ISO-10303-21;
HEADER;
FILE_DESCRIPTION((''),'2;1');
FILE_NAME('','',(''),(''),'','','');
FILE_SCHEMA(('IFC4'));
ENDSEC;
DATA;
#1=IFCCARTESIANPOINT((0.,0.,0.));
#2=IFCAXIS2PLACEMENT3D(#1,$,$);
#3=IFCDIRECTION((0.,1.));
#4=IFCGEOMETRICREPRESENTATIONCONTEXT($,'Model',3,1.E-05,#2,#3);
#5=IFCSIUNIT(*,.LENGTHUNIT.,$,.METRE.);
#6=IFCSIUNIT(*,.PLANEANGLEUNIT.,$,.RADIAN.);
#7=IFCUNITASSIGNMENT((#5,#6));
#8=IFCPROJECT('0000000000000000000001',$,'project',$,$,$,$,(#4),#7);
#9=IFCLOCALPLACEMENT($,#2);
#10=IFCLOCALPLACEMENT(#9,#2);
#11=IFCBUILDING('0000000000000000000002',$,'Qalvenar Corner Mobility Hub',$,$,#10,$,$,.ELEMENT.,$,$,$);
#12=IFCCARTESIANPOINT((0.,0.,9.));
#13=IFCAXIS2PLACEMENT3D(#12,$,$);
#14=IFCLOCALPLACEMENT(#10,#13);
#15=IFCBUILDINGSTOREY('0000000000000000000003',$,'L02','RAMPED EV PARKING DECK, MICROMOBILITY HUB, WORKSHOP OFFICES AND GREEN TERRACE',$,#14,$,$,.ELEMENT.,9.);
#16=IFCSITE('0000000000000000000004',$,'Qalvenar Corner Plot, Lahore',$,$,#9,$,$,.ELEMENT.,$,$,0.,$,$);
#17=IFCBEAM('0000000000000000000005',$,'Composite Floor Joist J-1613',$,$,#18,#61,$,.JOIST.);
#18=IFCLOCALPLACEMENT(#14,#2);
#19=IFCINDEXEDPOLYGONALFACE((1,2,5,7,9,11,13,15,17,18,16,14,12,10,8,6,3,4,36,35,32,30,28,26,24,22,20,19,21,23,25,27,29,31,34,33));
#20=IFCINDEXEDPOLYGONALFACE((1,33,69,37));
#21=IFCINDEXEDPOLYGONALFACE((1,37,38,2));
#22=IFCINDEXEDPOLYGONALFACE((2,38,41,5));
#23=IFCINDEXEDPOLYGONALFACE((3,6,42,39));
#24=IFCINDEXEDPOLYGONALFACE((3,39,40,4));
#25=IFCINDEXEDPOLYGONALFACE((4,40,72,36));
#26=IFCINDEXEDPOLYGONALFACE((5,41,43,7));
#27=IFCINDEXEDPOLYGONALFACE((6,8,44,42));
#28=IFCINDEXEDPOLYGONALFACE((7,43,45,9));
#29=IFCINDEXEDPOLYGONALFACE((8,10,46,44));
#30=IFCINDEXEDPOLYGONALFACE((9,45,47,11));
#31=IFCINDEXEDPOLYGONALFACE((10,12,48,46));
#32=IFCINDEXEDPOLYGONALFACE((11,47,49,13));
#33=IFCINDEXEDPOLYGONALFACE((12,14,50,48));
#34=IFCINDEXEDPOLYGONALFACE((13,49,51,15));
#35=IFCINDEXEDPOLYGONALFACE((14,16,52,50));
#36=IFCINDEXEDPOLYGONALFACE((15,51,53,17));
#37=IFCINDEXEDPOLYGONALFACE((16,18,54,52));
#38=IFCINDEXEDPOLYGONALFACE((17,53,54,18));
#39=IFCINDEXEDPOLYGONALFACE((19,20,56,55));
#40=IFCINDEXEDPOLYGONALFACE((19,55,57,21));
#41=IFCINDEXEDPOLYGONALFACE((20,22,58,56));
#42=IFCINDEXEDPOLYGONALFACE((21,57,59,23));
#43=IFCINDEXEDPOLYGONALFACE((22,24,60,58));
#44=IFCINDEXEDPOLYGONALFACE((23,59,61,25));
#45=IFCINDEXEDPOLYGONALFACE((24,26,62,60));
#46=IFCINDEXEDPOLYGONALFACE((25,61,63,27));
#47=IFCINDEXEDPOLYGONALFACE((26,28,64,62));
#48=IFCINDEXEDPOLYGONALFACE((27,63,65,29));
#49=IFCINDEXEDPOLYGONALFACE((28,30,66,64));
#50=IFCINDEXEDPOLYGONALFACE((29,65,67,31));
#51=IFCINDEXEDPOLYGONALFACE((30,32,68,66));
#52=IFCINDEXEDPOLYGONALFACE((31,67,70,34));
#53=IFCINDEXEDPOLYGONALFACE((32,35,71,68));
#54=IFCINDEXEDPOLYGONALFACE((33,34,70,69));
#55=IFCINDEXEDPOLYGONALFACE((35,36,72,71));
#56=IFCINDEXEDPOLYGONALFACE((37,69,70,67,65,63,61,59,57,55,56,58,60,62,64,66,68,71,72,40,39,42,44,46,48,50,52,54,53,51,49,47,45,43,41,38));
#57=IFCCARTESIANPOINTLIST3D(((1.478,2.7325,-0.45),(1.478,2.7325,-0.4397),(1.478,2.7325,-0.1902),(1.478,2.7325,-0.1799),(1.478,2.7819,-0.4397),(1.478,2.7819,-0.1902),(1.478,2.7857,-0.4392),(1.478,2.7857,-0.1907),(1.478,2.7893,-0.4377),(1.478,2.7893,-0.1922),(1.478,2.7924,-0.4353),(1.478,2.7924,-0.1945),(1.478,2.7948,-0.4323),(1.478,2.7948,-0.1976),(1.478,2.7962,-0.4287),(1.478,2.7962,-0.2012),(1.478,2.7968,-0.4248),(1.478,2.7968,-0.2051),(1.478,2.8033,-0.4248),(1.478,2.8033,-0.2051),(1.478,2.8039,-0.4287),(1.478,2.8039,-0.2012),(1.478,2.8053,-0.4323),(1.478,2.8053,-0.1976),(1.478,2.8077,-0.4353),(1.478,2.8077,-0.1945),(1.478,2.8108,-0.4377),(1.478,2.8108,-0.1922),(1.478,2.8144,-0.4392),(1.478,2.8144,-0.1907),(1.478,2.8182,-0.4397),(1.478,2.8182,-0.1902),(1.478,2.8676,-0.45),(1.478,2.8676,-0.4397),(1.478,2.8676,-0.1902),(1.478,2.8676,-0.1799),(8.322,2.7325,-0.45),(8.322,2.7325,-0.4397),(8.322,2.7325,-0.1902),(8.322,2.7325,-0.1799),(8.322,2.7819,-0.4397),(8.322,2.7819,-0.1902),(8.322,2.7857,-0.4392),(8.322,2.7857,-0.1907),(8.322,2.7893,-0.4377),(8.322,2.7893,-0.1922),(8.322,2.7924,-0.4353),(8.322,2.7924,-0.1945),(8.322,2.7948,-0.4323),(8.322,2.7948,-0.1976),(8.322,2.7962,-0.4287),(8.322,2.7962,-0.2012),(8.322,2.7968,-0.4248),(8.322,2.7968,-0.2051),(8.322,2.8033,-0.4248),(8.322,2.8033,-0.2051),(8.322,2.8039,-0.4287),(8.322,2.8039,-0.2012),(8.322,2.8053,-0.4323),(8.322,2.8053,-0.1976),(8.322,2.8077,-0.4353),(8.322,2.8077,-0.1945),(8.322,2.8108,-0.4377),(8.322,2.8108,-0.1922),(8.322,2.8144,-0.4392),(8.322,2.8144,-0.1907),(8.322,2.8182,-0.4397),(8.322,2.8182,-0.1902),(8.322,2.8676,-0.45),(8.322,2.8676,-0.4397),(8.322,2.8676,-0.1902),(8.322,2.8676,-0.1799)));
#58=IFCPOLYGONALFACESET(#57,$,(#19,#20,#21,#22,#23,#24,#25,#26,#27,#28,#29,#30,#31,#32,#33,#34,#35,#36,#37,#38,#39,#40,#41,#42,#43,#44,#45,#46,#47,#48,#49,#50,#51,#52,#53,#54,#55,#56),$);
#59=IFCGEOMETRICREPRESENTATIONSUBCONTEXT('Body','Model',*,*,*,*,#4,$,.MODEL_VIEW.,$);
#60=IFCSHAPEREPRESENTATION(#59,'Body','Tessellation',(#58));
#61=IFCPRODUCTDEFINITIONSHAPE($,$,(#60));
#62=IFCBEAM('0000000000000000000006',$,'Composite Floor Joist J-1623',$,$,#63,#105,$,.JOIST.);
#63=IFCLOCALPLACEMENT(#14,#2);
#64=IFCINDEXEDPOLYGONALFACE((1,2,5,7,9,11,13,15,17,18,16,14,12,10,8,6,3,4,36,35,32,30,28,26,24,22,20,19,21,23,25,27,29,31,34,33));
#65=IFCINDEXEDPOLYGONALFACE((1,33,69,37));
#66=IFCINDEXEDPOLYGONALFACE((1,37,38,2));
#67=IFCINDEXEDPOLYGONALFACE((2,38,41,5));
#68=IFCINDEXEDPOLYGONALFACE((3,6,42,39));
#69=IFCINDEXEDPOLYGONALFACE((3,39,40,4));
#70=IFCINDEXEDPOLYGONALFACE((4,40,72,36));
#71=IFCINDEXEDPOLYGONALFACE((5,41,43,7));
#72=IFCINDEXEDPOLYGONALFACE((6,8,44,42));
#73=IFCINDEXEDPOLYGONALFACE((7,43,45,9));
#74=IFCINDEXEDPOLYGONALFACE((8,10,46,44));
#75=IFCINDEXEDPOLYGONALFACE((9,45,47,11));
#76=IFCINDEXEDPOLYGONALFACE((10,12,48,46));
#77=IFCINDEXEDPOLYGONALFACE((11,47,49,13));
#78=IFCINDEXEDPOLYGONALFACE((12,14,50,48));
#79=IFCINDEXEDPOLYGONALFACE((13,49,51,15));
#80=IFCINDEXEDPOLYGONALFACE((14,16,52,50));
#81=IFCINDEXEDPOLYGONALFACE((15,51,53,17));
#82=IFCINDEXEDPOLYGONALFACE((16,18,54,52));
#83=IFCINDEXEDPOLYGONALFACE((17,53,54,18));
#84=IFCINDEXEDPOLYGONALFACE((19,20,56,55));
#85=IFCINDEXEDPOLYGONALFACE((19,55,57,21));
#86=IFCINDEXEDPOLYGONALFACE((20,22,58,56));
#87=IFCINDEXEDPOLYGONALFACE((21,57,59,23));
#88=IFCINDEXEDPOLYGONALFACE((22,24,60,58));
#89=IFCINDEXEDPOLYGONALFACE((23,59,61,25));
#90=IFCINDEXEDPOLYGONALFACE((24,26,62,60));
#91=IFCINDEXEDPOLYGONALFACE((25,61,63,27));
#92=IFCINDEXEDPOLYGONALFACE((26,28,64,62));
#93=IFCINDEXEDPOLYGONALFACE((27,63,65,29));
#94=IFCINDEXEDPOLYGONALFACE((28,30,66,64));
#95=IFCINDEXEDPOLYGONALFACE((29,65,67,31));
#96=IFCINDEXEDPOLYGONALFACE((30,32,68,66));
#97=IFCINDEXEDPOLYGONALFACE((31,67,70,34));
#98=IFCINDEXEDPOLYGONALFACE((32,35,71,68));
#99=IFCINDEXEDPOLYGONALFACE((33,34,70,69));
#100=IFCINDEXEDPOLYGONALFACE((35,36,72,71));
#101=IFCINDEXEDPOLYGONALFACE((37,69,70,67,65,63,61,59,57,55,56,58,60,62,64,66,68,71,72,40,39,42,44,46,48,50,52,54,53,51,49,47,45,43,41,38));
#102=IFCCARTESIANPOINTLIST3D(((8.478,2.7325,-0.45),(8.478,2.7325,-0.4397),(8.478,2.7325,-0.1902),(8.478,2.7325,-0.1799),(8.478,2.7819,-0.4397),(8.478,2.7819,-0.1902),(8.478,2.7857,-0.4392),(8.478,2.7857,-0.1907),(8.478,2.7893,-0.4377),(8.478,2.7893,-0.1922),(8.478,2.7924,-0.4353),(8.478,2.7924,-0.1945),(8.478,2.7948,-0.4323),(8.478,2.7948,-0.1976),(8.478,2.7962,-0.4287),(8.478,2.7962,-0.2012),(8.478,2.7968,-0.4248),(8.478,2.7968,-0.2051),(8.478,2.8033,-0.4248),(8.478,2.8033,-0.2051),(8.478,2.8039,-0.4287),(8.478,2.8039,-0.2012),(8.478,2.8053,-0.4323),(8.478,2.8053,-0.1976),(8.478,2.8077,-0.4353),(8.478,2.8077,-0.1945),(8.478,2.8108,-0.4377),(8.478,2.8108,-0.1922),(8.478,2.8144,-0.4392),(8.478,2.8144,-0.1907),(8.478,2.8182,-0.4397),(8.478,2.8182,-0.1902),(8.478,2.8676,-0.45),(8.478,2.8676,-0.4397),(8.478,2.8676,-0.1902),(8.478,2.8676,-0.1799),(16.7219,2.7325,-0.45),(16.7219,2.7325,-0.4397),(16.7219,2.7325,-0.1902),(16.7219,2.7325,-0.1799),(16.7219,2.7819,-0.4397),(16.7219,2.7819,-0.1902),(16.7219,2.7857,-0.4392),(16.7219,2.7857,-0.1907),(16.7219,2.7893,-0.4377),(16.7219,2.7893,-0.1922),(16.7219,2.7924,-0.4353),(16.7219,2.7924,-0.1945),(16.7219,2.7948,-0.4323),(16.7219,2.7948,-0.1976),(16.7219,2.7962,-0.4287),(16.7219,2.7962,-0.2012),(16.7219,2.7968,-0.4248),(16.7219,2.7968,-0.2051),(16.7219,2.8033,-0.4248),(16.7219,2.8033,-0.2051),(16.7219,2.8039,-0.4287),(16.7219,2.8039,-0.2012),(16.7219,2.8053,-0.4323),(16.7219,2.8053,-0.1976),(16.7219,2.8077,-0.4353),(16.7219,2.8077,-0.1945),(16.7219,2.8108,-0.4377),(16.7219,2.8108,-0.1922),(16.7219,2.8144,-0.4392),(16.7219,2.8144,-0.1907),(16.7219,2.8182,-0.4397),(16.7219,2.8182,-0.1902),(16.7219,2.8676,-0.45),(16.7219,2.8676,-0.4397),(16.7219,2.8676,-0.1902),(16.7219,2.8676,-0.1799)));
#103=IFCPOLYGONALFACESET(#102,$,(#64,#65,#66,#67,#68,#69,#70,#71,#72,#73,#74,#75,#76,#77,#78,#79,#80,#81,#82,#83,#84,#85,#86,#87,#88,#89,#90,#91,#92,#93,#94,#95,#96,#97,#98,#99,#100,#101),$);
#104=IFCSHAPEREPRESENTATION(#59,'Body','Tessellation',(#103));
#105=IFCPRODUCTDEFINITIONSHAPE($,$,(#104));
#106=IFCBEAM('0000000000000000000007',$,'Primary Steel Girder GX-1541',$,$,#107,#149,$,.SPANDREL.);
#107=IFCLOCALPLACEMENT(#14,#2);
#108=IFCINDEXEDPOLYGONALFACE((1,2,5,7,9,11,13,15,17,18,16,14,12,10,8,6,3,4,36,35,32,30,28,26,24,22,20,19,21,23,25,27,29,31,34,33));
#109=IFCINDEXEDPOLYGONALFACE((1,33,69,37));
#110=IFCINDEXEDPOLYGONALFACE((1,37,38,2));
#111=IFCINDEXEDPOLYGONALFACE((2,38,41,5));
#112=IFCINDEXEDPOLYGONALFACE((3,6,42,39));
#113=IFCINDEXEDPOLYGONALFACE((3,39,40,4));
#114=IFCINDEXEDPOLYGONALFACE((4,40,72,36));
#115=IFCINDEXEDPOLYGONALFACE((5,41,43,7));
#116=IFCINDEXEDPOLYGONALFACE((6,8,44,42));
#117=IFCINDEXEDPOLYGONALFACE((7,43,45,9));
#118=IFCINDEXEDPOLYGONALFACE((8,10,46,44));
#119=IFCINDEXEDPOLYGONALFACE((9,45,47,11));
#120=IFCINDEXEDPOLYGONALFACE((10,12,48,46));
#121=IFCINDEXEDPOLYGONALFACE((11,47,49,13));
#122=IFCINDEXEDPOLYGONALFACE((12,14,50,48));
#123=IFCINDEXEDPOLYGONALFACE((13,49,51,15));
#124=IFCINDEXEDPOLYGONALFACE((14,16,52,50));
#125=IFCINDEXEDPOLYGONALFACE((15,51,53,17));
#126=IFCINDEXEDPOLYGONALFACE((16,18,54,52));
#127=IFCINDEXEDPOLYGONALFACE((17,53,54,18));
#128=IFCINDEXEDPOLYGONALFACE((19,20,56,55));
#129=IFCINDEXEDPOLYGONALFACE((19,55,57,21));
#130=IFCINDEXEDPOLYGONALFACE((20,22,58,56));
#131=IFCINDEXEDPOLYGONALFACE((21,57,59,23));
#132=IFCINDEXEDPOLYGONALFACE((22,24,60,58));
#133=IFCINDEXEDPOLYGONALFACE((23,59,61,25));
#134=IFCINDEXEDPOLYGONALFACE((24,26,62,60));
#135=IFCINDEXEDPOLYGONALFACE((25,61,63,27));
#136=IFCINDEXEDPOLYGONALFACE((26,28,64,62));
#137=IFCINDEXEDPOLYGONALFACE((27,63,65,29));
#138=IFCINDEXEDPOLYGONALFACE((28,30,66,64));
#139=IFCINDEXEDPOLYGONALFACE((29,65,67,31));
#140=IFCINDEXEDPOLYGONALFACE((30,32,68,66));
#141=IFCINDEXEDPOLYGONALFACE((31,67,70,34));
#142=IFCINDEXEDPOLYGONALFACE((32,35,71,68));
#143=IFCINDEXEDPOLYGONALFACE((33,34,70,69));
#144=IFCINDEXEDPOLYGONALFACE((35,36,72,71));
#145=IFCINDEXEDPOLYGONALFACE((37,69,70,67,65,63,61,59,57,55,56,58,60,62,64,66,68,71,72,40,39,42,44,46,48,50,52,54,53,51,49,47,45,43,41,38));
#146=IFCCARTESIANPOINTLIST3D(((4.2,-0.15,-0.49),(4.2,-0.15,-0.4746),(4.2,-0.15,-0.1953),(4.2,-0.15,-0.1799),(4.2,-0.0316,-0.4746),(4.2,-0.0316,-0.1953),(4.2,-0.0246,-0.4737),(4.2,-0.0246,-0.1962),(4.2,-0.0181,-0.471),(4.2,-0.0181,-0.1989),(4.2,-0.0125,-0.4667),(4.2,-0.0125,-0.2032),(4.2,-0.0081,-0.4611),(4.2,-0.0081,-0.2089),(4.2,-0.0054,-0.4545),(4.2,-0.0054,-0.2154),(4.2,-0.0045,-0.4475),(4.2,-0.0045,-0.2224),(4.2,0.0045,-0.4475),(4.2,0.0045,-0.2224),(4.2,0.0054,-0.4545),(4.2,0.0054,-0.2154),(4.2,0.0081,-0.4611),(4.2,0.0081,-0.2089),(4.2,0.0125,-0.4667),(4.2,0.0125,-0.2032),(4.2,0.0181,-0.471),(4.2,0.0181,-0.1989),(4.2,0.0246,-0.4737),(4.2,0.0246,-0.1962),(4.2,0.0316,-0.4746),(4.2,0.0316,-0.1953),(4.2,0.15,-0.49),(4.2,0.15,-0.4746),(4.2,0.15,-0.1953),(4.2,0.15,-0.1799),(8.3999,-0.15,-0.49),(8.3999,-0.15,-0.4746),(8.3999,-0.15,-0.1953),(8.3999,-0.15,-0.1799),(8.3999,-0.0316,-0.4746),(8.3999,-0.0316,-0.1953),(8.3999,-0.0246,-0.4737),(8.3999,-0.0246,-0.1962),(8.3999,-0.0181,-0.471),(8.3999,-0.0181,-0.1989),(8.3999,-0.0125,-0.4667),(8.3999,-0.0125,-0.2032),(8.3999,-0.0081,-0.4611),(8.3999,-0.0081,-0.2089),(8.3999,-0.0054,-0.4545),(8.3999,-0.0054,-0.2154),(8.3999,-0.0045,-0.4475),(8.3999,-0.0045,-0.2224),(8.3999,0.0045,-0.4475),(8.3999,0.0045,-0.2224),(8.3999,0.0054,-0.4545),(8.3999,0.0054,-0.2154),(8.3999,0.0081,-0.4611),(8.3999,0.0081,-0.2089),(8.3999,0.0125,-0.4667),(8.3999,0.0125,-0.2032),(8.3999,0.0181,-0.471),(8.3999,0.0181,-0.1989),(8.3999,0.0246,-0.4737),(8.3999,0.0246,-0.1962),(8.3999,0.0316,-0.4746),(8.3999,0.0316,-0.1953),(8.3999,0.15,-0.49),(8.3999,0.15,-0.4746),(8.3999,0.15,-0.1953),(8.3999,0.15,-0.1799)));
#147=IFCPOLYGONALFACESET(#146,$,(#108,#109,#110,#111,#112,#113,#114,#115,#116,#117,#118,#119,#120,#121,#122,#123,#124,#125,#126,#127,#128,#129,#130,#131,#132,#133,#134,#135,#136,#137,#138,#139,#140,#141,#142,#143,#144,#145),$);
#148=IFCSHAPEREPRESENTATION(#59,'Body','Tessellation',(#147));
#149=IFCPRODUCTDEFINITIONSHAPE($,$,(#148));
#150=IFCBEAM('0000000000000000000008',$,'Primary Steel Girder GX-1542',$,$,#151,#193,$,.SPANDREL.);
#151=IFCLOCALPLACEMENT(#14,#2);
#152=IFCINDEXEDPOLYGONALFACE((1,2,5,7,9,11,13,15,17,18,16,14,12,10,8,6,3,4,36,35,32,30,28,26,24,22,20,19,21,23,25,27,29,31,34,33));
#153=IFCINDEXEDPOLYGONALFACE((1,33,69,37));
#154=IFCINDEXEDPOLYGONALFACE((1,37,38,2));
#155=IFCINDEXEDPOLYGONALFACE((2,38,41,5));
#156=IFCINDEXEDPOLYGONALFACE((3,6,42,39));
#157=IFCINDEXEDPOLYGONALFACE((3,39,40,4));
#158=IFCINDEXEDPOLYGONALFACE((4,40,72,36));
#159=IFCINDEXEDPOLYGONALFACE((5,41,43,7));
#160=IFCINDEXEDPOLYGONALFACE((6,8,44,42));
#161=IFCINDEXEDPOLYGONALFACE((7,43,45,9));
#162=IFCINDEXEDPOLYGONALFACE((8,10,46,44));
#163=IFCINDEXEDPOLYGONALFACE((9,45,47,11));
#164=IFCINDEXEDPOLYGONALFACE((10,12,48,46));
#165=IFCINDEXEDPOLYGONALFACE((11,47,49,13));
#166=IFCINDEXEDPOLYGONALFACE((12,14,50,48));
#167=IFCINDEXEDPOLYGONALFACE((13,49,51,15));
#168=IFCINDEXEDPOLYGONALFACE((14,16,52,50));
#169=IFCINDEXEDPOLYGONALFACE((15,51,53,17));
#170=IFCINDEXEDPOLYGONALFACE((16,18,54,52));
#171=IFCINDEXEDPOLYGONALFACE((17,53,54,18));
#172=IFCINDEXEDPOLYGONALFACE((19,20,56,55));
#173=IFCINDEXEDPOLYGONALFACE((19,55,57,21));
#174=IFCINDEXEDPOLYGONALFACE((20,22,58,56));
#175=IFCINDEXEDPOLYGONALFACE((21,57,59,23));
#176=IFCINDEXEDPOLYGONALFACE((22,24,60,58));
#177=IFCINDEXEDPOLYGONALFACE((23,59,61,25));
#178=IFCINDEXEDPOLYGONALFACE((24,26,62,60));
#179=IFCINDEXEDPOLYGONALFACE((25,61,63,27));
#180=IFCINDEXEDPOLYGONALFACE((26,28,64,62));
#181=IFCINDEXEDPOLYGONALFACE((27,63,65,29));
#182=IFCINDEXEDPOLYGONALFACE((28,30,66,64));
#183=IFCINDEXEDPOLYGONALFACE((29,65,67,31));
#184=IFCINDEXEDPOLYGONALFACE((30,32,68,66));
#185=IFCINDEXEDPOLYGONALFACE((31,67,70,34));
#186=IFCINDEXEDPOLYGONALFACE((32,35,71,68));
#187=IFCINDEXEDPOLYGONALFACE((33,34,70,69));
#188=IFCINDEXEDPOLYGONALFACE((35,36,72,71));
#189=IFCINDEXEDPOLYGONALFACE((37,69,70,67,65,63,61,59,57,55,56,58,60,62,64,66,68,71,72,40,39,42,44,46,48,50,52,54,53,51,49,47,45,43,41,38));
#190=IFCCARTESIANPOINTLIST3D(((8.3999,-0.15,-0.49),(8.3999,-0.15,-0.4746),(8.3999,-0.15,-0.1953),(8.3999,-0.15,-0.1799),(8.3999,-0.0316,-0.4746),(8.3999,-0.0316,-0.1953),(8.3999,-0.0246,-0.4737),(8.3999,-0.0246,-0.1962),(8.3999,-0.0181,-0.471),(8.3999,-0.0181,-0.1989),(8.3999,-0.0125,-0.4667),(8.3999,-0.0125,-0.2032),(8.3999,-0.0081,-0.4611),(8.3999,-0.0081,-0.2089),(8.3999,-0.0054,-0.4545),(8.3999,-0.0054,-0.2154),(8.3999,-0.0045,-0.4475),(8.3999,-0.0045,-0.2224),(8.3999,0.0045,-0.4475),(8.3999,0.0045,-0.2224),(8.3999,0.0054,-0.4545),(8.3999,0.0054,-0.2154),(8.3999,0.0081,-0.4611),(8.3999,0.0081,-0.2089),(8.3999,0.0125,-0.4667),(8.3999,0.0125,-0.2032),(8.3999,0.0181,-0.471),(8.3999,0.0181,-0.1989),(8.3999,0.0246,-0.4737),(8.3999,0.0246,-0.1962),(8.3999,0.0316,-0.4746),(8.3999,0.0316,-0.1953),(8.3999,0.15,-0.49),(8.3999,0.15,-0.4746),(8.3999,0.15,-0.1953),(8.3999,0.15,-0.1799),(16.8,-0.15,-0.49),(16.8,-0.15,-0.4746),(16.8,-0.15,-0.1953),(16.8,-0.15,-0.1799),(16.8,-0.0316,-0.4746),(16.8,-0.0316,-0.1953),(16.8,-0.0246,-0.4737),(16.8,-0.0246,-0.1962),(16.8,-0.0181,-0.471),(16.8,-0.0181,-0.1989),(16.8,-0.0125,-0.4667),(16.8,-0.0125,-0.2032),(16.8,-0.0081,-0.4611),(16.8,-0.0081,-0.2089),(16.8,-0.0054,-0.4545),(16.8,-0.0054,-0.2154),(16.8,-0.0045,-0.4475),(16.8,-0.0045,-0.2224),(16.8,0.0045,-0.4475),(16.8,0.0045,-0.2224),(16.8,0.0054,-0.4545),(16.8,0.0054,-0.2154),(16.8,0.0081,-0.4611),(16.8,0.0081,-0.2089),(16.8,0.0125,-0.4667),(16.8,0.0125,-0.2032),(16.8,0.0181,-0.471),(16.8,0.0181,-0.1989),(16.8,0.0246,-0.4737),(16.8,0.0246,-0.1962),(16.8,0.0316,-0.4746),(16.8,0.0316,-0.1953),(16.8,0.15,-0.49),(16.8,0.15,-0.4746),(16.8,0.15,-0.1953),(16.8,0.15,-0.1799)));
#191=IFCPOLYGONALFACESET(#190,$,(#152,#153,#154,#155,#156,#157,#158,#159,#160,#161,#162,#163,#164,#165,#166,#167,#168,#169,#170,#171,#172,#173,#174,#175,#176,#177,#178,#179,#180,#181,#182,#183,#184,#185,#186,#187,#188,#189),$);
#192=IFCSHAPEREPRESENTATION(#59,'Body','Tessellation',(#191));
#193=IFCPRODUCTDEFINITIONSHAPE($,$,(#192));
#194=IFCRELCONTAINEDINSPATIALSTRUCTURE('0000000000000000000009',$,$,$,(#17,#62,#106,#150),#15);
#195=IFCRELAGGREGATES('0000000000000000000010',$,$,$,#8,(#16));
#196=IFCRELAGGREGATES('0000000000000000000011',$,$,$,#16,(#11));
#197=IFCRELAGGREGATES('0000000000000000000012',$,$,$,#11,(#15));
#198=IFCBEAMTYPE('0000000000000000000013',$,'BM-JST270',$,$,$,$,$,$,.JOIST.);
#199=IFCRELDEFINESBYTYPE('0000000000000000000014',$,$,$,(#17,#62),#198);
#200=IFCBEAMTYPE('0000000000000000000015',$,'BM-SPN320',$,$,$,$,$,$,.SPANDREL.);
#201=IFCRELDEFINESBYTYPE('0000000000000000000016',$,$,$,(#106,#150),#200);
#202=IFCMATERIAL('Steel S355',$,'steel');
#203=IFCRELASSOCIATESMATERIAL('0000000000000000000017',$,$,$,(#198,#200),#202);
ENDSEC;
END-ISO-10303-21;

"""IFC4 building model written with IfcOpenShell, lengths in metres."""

from ifc_helpers import new_model, si_unit, direction, frame, origin, origin_2d, place, context, subcontext, project, spatial, i_section, extrude, material, material_profile, profile_set, type_object, element, save


model = new_model("IFC4")

# Units and contexts
model_context = context("Model", 3, precision=1e-05, world=origin(), true_north=direction((0.0, 1.0)))
body_context = subcontext(model_context, "Body", "Model", "MODEL_VIEW")
ifc_project = project(units=[si_unit("LENGTHUNIT", "METRE"), si_unit("PLANEANGLEUNIT", "RADIAN")], contexts=[model_context])

# Site, building, storey
site_placement = place(None, origin())
site = spatial("IfcSite", under=ifc_project, at=site_placement, Name="Qalvenar Corner Plot, Lahore", CompositionType="ELEMENT", RefElevation=0.0)
building_placement = place(site_placement, origin())
building = spatial("IfcBuilding", under=site, at=building_placement, Name="Qalvenar Corner Mobility Hub", CompositionType="ELEMENT")
storey_placement = place(building_placement, frame((0.0, 0.0, 9.0)))
storey = spatial("IfcBuildingStorey", under=building, at=storey_placement, Name="L02", Description="RAMPED EV PARKING DECK, MICROMOBILITY HUB, WORKSHOP OFFICES AND GREEN TERRACE", CompositionType="ELEMENT", Elevation=9.0)

# Shared definitions
ifc_material_1 = material(Name="Steel S355", Category="steel")

# Beams
ifc_material_profile_1 = material_profile(ifc_material_1, i_section(OverallWidth=0.135, OverallDepth=0.27, WebThickness=0.0066, FlangeThickness=0.0103, FilletRadius=0.0149, at=origin_2d()), Name="IPE270")
ifc_profile_set_1 = profile_set([ifc_material_profile_1], Name="Steel S355")
beam_type_1 = type_object("IfcBeamType", Name="BM-JST270", PredefinedType="JOIST", material=ifc_profile_set_1)
beam_1_placement = place(storey_placement, frame((1.478, 2.8, -0.3149), z_axis=(1.0, 0.0, 0.0), x_axis=(0.0, 1.0, 0.0)))
element("IfcBeam", 1, at=beam_1_placement, inside=storey, type_object=beam_type_1, Name="Composite Floor Joist J-1613", PredefinedType="JOIST", context=body_context, shape_type="SweptSolid", body=[
    extrude(i_section(OverallWidth=0.135, OverallDepth=0.27, WebThickness=0.0066, FlangeThickness=0.0103, FilletRadius=0.0149, at=origin_2d()), origin(), (0.0, 0.0, 1.0), 6.844),
])
beam_2_placement = place(storey_placement, frame((8.478, 2.8, -0.3149), z_axis=(1.0, 0.0, 0.0), x_axis=(0.0, 1.0, 0.0)))
element("IfcBeam", 2, at=beam_2_placement, inside=storey, type_object=beam_type_1, Name="Composite Floor Joist J-1623", PredefinedType="JOIST", context=body_context, shape_type="SweptSolid", body=[
    extrude(i_section(OverallWidth=0.135, OverallDepth=0.27, WebThickness=0.0066, FlangeThickness=0.0103, FilletRadius=0.0149, at=origin_2d()), origin(), (0.0, 0.0, 1.0), 8.2439),
])
ifc_material_profile_2 = material_profile(ifc_material_1, i_section(OverallWidth=0.3, OverallDepth=0.3101, WebThickness=0.009, FlangeThickness=0.0154, FilletRadius=0.0271, at=origin_2d()), Name="HEA320")
ifc_profile_set_2 = profile_set([ifc_material_profile_2], Name="Steel S355")
beam_type_2 = type_object("IfcBeamType", Name="BM-SPN320", PredefinedType="SPANDREL", material=ifc_profile_set_2)
beam_3_placement = place(storey_placement, frame((4.2, 0.0, -0.335), z_axis=(1.0, 0.0, 0.0), x_axis=(0.0, 1.0, 0.0)))
element("IfcBeam", 3, at=beam_3_placement, inside=storey, type_object=beam_type_2, Name="Primary Steel Girder GX-1541", PredefinedType="SPANDREL", context=body_context, shape_type="SweptSolid", body=[
    extrude(i_section(OverallWidth=0.3, OverallDepth=0.3101, WebThickness=0.009, FlangeThickness=0.0154, FilletRadius=0.0271, at=origin_2d()), origin(), (0.0, 0.0, 1.0), 4.2),
])
beam_4_placement = place(storey_placement, frame((8.3999, 0.0, -0.335), z_axis=(1.0, 0.0, 0.0), x_axis=(0.0, 1.0, 0.0)))
element("IfcBeam", 4, at=beam_4_placement, inside=storey, type_object=beam_type_2, Name="Primary Steel Girder GX-1542", PredefinedType="SPANDREL", context=body_context, shape_type="SweptSolid", body=[
    extrude(i_section(OverallWidth=0.3, OverallDepth=0.3101, WebThickness=0.009, FlangeThickness=0.0154, FilletRadius=0.0271, at=origin_2d()), origin(), (0.0, 0.0, 1.0), 8.4001),
])

save(model, "model.ifc")
